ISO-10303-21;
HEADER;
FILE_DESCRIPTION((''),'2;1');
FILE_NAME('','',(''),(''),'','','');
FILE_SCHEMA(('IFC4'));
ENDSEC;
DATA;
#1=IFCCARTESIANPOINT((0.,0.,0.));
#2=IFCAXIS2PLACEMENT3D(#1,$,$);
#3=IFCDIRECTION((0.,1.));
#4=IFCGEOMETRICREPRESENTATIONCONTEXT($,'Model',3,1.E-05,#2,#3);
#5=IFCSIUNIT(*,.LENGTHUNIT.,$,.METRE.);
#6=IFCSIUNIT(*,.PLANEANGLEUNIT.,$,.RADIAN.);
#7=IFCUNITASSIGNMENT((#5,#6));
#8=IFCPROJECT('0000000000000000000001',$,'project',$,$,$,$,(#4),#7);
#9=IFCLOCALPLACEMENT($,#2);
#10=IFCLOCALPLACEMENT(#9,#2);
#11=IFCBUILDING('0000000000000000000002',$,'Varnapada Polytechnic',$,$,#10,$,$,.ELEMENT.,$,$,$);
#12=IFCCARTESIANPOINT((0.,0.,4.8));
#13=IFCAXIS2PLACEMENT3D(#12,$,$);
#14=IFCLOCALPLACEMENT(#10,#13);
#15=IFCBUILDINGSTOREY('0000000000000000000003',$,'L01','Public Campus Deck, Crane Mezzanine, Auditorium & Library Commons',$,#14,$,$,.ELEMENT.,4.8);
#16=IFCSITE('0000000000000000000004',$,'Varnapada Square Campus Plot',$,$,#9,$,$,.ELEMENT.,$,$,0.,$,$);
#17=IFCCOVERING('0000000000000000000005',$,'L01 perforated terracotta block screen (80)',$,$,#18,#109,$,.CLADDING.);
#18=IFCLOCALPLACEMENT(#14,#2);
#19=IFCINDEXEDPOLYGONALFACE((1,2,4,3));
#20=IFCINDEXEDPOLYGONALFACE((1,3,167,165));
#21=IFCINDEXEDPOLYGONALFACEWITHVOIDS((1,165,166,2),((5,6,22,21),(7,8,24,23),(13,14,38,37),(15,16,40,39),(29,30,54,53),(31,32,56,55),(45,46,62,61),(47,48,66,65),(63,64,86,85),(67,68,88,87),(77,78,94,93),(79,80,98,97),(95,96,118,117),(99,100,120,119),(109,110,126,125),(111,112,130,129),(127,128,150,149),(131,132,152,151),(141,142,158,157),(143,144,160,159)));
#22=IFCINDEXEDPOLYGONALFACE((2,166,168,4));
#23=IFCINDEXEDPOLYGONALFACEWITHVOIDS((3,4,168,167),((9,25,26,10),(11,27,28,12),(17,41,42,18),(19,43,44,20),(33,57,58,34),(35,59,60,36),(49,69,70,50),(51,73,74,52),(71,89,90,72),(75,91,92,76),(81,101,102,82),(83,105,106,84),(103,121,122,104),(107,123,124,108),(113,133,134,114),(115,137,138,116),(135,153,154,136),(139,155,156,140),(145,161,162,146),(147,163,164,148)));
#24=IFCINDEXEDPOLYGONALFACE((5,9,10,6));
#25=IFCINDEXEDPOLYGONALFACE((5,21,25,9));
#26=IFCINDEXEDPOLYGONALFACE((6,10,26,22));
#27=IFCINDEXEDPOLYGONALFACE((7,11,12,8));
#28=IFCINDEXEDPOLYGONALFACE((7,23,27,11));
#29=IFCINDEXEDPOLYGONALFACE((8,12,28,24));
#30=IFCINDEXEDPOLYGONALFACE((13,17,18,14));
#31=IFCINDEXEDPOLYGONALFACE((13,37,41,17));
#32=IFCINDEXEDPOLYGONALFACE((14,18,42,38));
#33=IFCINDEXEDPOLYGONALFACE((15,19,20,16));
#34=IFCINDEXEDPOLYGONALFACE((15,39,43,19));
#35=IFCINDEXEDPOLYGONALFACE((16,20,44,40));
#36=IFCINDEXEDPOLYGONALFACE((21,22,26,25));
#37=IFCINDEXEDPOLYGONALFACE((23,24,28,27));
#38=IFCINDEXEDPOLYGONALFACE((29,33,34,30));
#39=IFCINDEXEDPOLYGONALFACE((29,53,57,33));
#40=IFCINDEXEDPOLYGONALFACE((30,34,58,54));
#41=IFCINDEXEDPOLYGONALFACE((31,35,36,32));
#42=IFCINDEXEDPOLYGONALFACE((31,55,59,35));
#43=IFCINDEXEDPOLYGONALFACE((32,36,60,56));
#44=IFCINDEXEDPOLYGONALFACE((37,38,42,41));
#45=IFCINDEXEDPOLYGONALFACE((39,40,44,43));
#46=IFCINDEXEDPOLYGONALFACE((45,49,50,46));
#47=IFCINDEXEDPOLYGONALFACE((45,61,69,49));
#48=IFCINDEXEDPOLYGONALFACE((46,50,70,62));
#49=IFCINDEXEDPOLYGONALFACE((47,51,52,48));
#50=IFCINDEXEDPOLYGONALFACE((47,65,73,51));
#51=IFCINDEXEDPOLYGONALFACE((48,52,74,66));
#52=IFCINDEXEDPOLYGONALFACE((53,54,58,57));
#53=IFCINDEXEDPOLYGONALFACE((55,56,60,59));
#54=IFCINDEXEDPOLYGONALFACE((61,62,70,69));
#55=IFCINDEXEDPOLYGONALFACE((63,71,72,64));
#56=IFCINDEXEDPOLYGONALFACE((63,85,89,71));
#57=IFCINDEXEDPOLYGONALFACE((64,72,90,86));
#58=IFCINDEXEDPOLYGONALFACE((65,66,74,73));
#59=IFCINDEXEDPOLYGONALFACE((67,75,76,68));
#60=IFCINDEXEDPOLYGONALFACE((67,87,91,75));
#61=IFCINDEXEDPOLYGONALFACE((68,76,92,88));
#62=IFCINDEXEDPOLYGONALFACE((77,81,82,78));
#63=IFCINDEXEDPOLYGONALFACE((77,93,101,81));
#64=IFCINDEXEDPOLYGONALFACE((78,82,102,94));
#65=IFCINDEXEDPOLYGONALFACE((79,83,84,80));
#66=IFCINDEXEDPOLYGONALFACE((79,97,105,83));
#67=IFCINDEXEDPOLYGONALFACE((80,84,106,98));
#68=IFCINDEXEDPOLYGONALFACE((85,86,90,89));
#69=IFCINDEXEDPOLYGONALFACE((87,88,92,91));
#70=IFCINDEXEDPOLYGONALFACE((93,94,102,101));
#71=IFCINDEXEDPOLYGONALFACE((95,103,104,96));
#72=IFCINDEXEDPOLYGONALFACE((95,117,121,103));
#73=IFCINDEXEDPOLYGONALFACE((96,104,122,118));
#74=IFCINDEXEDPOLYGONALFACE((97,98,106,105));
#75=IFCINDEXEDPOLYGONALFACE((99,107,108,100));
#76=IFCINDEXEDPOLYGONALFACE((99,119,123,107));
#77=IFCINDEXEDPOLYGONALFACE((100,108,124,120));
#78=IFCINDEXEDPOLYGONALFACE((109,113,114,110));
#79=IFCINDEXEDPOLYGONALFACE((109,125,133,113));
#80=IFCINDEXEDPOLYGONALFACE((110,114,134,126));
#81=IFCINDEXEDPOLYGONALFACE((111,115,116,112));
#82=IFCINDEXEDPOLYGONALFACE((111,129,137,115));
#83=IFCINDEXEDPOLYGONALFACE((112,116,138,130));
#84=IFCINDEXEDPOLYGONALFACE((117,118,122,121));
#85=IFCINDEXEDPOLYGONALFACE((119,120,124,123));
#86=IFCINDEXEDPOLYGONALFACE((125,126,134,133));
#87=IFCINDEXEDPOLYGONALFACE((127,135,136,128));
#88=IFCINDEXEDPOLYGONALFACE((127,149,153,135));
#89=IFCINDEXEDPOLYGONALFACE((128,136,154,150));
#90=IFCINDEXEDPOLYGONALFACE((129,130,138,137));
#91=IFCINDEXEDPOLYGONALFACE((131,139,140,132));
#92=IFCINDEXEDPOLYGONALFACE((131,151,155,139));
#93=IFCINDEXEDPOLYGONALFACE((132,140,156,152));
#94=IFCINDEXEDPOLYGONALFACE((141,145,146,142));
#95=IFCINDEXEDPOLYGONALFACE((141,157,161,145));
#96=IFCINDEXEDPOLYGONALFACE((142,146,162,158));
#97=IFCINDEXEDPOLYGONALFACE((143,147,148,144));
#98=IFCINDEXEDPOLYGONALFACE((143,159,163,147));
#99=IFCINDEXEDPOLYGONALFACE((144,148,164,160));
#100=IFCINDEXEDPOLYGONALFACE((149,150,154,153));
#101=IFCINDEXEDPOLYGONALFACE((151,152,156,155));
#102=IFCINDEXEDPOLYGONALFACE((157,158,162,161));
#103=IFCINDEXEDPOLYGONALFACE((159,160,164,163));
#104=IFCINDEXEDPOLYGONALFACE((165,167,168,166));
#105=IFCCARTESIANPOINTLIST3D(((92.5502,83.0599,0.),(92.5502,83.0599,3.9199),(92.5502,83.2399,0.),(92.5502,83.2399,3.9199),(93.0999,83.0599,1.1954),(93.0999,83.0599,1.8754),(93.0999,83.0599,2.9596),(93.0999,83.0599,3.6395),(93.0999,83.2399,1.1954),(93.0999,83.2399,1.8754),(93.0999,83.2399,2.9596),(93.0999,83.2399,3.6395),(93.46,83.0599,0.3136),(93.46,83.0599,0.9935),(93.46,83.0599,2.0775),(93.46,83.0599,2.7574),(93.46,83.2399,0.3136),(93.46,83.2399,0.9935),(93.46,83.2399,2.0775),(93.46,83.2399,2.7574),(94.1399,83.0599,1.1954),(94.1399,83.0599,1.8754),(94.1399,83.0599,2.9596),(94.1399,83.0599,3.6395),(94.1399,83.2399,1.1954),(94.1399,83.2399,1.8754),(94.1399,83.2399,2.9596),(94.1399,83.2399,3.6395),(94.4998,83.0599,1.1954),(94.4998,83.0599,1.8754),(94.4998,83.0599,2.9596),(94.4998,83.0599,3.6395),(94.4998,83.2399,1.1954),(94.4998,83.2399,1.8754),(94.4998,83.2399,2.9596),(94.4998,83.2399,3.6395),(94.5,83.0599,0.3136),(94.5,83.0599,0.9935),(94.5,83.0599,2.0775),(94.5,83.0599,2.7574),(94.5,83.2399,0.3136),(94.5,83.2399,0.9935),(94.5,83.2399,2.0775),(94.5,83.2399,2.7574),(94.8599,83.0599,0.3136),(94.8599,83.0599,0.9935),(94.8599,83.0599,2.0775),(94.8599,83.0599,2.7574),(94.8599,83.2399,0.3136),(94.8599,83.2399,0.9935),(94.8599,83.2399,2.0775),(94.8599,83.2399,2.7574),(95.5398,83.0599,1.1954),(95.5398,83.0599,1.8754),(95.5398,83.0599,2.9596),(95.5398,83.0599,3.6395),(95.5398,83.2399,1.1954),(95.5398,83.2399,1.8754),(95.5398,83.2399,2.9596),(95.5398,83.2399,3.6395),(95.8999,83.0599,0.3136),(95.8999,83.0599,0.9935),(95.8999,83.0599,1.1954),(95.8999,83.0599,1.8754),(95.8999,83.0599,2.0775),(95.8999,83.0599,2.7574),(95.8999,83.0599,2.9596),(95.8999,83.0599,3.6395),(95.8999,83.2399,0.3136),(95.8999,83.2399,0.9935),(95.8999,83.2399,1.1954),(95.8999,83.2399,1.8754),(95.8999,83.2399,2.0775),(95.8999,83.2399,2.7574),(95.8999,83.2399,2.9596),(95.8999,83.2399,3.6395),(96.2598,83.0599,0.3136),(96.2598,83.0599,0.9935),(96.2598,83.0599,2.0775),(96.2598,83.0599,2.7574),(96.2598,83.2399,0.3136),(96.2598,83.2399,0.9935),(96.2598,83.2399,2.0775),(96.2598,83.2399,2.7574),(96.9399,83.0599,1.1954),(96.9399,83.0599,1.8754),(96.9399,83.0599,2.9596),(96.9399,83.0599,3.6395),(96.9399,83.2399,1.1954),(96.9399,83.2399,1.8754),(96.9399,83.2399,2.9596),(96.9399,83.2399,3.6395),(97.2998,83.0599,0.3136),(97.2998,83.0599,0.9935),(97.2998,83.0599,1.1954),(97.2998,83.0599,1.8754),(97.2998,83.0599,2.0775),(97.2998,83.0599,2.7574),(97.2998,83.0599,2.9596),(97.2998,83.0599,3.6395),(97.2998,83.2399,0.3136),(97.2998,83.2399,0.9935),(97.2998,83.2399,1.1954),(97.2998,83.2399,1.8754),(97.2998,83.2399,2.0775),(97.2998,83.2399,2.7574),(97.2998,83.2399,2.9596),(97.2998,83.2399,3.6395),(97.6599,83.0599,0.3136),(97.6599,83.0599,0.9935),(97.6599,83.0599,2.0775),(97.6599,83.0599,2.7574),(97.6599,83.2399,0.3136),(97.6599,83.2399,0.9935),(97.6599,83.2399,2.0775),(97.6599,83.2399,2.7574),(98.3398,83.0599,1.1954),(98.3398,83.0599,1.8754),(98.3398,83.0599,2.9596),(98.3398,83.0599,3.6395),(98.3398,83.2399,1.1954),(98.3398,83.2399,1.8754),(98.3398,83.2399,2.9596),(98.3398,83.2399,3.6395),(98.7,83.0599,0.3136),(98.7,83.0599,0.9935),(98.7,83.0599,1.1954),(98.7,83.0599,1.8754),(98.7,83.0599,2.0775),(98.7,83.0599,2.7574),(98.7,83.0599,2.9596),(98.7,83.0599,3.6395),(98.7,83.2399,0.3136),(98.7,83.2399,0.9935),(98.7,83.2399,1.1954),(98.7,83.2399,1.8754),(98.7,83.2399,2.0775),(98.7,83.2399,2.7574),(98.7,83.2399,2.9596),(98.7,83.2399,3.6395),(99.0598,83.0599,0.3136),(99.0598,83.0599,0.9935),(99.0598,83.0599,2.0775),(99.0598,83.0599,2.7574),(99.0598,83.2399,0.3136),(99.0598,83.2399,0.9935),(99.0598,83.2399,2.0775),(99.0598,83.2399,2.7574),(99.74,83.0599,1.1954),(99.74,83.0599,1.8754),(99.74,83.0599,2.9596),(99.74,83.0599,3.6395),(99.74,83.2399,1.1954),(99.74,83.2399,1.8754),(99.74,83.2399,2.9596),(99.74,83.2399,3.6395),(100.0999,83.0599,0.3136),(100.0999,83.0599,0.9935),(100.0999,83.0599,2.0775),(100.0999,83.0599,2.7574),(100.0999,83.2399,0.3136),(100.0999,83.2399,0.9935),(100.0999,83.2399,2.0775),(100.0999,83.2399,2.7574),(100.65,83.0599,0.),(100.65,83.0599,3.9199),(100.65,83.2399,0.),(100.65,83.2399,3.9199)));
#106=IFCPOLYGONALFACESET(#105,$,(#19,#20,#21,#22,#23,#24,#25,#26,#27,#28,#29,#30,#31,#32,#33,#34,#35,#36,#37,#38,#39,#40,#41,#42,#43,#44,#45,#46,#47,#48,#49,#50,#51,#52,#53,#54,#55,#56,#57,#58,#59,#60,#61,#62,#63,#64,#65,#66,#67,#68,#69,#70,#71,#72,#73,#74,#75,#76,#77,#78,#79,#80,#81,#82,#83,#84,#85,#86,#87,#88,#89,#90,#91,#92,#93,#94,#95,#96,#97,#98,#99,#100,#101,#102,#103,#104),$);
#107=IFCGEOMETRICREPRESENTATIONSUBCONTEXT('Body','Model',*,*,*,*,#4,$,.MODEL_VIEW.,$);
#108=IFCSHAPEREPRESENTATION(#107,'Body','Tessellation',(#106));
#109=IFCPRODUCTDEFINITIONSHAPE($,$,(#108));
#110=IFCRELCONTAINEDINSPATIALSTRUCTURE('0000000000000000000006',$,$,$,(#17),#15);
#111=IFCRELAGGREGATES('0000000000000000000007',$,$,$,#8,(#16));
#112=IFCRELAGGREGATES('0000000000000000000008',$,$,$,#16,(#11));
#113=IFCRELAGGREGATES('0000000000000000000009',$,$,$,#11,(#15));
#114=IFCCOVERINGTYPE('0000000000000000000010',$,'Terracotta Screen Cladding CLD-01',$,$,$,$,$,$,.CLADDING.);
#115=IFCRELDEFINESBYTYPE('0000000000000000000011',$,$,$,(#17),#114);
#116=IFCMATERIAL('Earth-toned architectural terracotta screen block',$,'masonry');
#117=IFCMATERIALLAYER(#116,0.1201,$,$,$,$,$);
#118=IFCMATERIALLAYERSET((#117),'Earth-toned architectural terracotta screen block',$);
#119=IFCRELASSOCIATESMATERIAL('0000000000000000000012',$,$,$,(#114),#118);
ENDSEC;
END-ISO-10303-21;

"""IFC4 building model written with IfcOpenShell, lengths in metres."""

from ifc_helpers import new_model, si_unit, direction, frame, frame_2d, origin, place, context, subcontext, project, spatial, rectangle, extrude, material, layer, layer_set, type_object, element, save


model = new_model("IFC4")

# Units and contexts
model_context = context("Model", 3, precision=1e-05, world=origin(), true_north=direction((0.0, 1.0)))
body_context = subcontext(model_context, "Body", "Model", "MODEL_VIEW")
ifc_project = project(units=[si_unit("LENGTHUNIT", "METRE"), si_unit("PLANEANGLEUNIT", "RADIAN")], contexts=[model_context])

# Site, building, storey
site_placement = place(None, origin())
site = spatial("IfcSite", under=ifc_project, at=site_placement, Name="Varnapada Square Campus Plot", CompositionType="ELEMENT", RefElevation=0.0)
building_placement = place(site_placement, origin())
building = spatial("IfcBuilding", under=site, at=building_placement, Name="Varnapada Polytechnic", CompositionType="ELEMENT")
storey_placement = place(building_placement, frame((0.0, 0.0, 4.8)))
storey = spatial("IfcBuildingStorey", under=building, at=storey_placement, Name="L01", Description="Public Campus Deck, Crane Mezzanine, Auditorium & Library Commons", CompositionType="ELEMENT", Elevation=4.8)

# Covering, openings
ifc_material_1 = material(Name="Earth-toned architectural terracotta screen block", Category="masonry")
ifc_layer_1 = layer(ifc_material_1, 0.1201)
ifc_layer_set_1 = layer_set([ifc_layer_1], Name="Earth-toned architectural terracotta screen block")
covering_type = type_object("IfcCoveringType", Name="Terracotta Screen Cladding CLD-01", PredefinedType="CLADDING", material=ifc_layer_set_1)
covering_placement = place(storey_placement, frame((100.6499, 83.1499, 0.0), z_axis=(0.0, 0.0, 1.0), x_axis=(-1.0, 0.0, 0.0)))
covering = element("IfcCovering", 1, at=covering_placement, inside=storey, type_object=covering_type, Name="L01 perforated terracotta block screen (80)", PredefinedType="CLADDING", context=body_context, shape_type="SweptSolid", body=[
    extrude(rectangle(XDim=8.0999, YDim=0.1799, at=frame_2d((4.0498, 0.0))), origin(), (0.0, 0.0, 1.0), 3.9199),
])
opening_1_placement = place(covering_placement, frame((0.55, 0.0, 0.3137)))
element("IfcOpeningElement", 2, at=opening_1_placement, cuts=covering, PredefinedType="OPENING", context=body_context, shape_type="SweptSolid", body=[
    extrude(rectangle(XDim=1.04, YDim=0.6799, at=frame_2d((0.52, 0.3398))), frame((0.0, 0.0999, 0.0), z_axis=(0.0, -1.0, 0.0), x_axis=(1.0, 0.0, 0.0)), (0.0, 0.0, 1.0), 0.2),
])
opening_2_placement = place(covering_placement, frame((1.95, 0.0, 0.3137)))
element("IfcOpeningElement", 3, at=opening_2_placement, cuts=covering, PredefinedType="OPENING", context=body_context, shape_type="SweptSolid", body=[
    extrude(rectangle(XDim=1.04, YDim=0.6799, at=frame_2d((0.52, 0.3398))), frame((0.0, 0.0999, 0.0), z_axis=(0.0, -1.0, 0.0), x_axis=(1.0, 0.0, 0.0)), (0.0, 0.0, 1.0), 0.2),
])
opening_3_placement = place(covering_placement, frame((3.3501, 0.0, 0.3137)))
element("IfcOpeningElement", 4, at=opening_3_placement, cuts=covering, PredefinedType="OPENING", context=body_context, shape_type="SweptSolid", body=[
    extrude(rectangle(XDim=1.04, YDim=0.6799, at=frame_2d((0.52, 0.3398))), frame((0.0, 0.0999, 0.0), z_axis=(0.0, -1.0, 0.0), x_axis=(1.0, 0.0, 0.0)), (0.0, 0.0, 1.0), 0.2),
])
opening_4_placement = place(covering_placement, frame((4.75, 0.0, 0.3137)))
element("IfcOpeningElement", 5, at=opening_4_placement, cuts=covering, PredefinedType="OPENING", context=body_context, shape_type="SweptSolid", body=[
    extrude(rectangle(XDim=1.04, YDim=0.6799, at=frame_2d((0.52, 0.3398))), frame((0.0, 0.0999, 0.0), z_axis=(0.0, -1.0, 0.0), x_axis=(1.0, 0.0, 0.0)), (0.0, 0.0, 1.0), 0.2),
])
opening_5_placement = place(covering_placement, frame((6.1499, 0.0, 0.3137)))
element("IfcOpeningElement", 6, at=opening_5_placement, cuts=covering, PredefinedType="OPENING", context=body_context, shape_type="SweptSolid", body=[
    extrude(rectangle(XDim=1.04, YDim=0.6799, at=frame_2d((0.52, 0.3398))), frame((0.0, 0.0999, 0.0), z_axis=(0.0, -1.0, 0.0), x_axis=(1.0, 0.0, 0.0)), (0.0, 0.0, 1.0), 0.2),
])
opening_6_placement = place(covering_placement, frame((0.9099, 0.0, 1.1956)))
element("IfcOpeningElement", 7, at=opening_6_placement, cuts=covering, PredefinedType="OPENING", context=body_context, shape_type="SweptSolid", body=[
    extrude(rectangle(XDim=1.04, YDim=0.6799, at=frame_2d((0.52, 0.3398))), frame((0.0, 0.0999, 0.0), z_axis=(0.0, -1.0, 0.0), x_axis=(1.0, 0.0, 0.0)), (0.0, 0.0, 1.0), 0.2),
])
opening_7_placement = place(covering_placement, frame((2.3101, 0.0, 1.1956)))
element("IfcOpeningElement", 8, at=opening_7_placement, cuts=covering, PredefinedType="OPENING", context=body_context, shape_type="SweptSolid", body=[
    extrude(rectangle(XDim=1.04, YDim=0.6799, at=frame_2d((0.52, 0.3398))), frame((0.0, 0.0999, 0.0), z_axis=(0.0, -1.0, 0.0), x_axis=(1.0, 0.0, 0.0)), (0.0, 0.0, 1.0), 0.2),
])
opening_8_placement = place(covering_placement, frame((3.71, 0.0, 1.1956)))
element("IfcOpeningElement", 9, at=opening_8_placement, cuts=covering, PredefinedType="OPENING", context=body_context, shape_type="SweptSolid", body=[
    extrude(rectangle(XDim=1.04, YDim=0.6799, at=frame_2d((0.52, 0.3398))), frame((0.0, 0.0999, 0.0), z_axis=(0.0, -1.0, 0.0), x_axis=(1.0, 0.0, 0.0)), (0.0, 0.0, 1.0), 0.2),
])
opening_9_placement = place(covering_placement, frame((5.1101, 0.0, 1.1956)))
element("IfcOpeningElement", 10, at=opening_9_placement, cuts=covering, PredefinedType="OPENING", context=body_context, shape_type="SweptSolid", body=[
    extrude(rectangle(XDim=1.04, YDim=0.6799, at=frame_2d((0.52, 0.3398))), frame((0.0, 0.0999, 0.0), z_axis=(0.0, -1.0, 0.0), x_axis=(1.0, 0.0, 0.0)), (0.0, 0.0, 1.0), 0.2),
])
opening_10_placement = place(covering_placement, frame((6.51, 0.0, 1.1956)))
element("IfcOpeningElement", 11, at=opening_10_placement, cuts=covering, PredefinedType="OPENING", context=body_context, shape_type="SweptSolid", body=[
    extrude(rectangle(XDim=1.04, YDim=0.6799, at=frame_2d((0.52, 0.3398))), frame((0.0, 0.0999, 0.0), z_axis=(0.0, -1.0, 0.0), x_axis=(1.0, 0.0, 0.0)), (0.0, 0.0, 1.0), 0.2),
])
opening_11_placement = place(covering_placement, frame((0.55, 0.0, 2.0776)))
element("IfcOpeningElement", 12, at=opening_11_placement, cuts=covering, PredefinedType="OPENING", context=body_context, shape_type="SweptSolid", body=[
    extrude(rectangle(XDim=1.04, YDim=0.6799, at=frame_2d((0.52, 0.3398))), frame((0.0, 0.0999, 0.0), z_axis=(0.0, -1.0, 0.0), x_axis=(1.0, 0.0, 0.0)), (0.0, 0.0, 1.0), 0.2),
])
opening_12_placement = place(covering_placement, frame((1.95, 0.0, 2.0776)))
element("IfcOpeningElement", 13, at=opening_12_placement, cuts=covering, PredefinedType="OPENING", context=body_context, shape_type="SweptSolid", body=[
    extrude(rectangle(XDim=1.04, YDim=0.6799, at=frame_2d((0.52, 0.3398))), frame((0.0, 0.0999, 0.0), z_axis=(0.0, -1.0, 0.0), x_axis=(1.0, 0.0, 0.0)), (0.0, 0.0, 1.0), 0.2),
])
opening_13_placement = place(covering_placement, frame((3.3501, 0.0, 2.0776)))
element("IfcOpeningElement", 14, at=opening_13_placement, cuts=covering, PredefinedType="OPENING", context=body_context, shape_type="SweptSolid", body=[
    extrude(rectangle(XDim=1.04, YDim=0.6799, at=frame_2d((0.52, 0.3398))), frame((0.0, 0.0999, 0.0), z_axis=(0.0, -1.0, 0.0), x_axis=(1.0, 0.0, 0.0)), (0.0, 0.0, 1.0), 0.2),
])
opening_14_placement = place(covering_placement, frame((4.75, 0.0, 2.0776)))
element("IfcOpeningElement", 15, at=opening_14_placement, cuts=covering, PredefinedType="OPENING", context=body_context, shape_type="SweptSolid", body=[
    extrude(rectangle(XDim=1.04, YDim=0.6799, at=frame_2d((0.52, 0.3398))), frame((0.0, 0.0999, 0.0), z_axis=(0.0, -1.0, 0.0), x_axis=(1.0, 0.0, 0.0)), (0.0, 0.0, 1.0), 0.2),
])
opening_15_placement = place(covering_placement, frame((6.1499, 0.0, 2.0776)))
element("IfcOpeningElement", 16, at=opening_15_placement, cuts=covering, PredefinedType="OPENING", context=body_context, shape_type="SweptSolid", body=[
    extrude(rectangle(XDim=1.04, YDim=0.6799, at=frame_2d((0.52, 0.3398))), frame((0.0, 0.0999, 0.0), z_axis=(0.0, -1.0, 0.0), x_axis=(1.0, 0.0, 0.0)), (0.0, 0.0, 1.0), 0.2),
])
opening_16_placement = place(covering_placement, frame((0.9099, 0.0, 2.9597)))
element("IfcOpeningElement", 17, at=opening_16_placement, cuts=covering, PredefinedType="OPENING", context=body_context, shape_type="SweptSolid", body=[
    extrude(rectangle(XDim=1.04, YDim=0.6799, at=frame_2d((0.52, 0.3398))), frame((0.0, 0.0999, 0.0), z_axis=(0.0, -1.0, 0.0), x_axis=(1.0, 0.0, 0.0)), (0.0, 0.0, 1.0), 0.2),
])
opening_17_placement = place(covering_placement, frame((2.3101, 0.0, 2.9597)))
element("IfcOpeningElement", 18, at=opening_17_placement, cuts=covering, PredefinedType="OPENING", context=body_context, shape_type="SweptSolid", body=[
    extrude(rectangle(XDim=1.04, YDim=0.6799, at=frame_2d((0.52, 0.3398))), frame((0.0, 0.0999, 0.0), z_axis=(0.0, -1.0, 0.0), x_axis=(1.0, 0.0, 0.0)), (0.0, 0.0, 1.0), 0.2),
])
opening_18_placement = place(covering_placement, frame((3.71, 0.0, 2.9597)))
element("IfcOpeningElement", 19, at=opening_18_placement, cuts=covering, PredefinedType="OPENING", context=body_context, shape_type="SweptSolid", body=[
    extrude(rectangle(XDim=1.04, YDim=0.6799, at=frame_2d((0.52, 0.3398))), frame((0.0, 0.0999, 0.0), z_axis=(0.0, -1.0, 0.0), x_axis=(1.0, 0.0, 0.0)), (0.0, 0.0, 1.0), 0.2),
])
opening_19_placement = place(covering_placement, frame((5.1101, 0.0, 2.9597)))
element("IfcOpeningElement", 20, at=opening_19_placement, cuts=covering, PredefinedType="OPENING", context=body_context, shape_type="SweptSolid", body=[
    extrude(rectangle(XDim=1.04, YDim=0.6799, at=frame_2d((0.52, 0.3398))), frame((0.0, 0.0999, 0.0), z_axis=(0.0, -1.0, 0.0), x_axis=(1.0, 0.0, 0.0)), (0.0, 0.0, 1.0), 0.2),
])
opening_20_placement = place(covering_placement, frame((6.51, 0.0, 2.9597)))
element("IfcOpeningElement", 21, at=opening_20_placement, cuts=covering, PredefinedType="OPENING", context=body_context, shape_type="SweptSolid", body=[
    extrude(rectangle(XDim=1.04, YDim=0.6799, at=frame_2d((0.52, 0.3398))), frame((0.0, 0.0999, 0.0), z_axis=(0.0, -1.0, 0.0), x_axis=(1.0, 0.0, 0.0)), (0.0, 0.0, 1.0), 0.2),
])

save(model, "model.ifc")
